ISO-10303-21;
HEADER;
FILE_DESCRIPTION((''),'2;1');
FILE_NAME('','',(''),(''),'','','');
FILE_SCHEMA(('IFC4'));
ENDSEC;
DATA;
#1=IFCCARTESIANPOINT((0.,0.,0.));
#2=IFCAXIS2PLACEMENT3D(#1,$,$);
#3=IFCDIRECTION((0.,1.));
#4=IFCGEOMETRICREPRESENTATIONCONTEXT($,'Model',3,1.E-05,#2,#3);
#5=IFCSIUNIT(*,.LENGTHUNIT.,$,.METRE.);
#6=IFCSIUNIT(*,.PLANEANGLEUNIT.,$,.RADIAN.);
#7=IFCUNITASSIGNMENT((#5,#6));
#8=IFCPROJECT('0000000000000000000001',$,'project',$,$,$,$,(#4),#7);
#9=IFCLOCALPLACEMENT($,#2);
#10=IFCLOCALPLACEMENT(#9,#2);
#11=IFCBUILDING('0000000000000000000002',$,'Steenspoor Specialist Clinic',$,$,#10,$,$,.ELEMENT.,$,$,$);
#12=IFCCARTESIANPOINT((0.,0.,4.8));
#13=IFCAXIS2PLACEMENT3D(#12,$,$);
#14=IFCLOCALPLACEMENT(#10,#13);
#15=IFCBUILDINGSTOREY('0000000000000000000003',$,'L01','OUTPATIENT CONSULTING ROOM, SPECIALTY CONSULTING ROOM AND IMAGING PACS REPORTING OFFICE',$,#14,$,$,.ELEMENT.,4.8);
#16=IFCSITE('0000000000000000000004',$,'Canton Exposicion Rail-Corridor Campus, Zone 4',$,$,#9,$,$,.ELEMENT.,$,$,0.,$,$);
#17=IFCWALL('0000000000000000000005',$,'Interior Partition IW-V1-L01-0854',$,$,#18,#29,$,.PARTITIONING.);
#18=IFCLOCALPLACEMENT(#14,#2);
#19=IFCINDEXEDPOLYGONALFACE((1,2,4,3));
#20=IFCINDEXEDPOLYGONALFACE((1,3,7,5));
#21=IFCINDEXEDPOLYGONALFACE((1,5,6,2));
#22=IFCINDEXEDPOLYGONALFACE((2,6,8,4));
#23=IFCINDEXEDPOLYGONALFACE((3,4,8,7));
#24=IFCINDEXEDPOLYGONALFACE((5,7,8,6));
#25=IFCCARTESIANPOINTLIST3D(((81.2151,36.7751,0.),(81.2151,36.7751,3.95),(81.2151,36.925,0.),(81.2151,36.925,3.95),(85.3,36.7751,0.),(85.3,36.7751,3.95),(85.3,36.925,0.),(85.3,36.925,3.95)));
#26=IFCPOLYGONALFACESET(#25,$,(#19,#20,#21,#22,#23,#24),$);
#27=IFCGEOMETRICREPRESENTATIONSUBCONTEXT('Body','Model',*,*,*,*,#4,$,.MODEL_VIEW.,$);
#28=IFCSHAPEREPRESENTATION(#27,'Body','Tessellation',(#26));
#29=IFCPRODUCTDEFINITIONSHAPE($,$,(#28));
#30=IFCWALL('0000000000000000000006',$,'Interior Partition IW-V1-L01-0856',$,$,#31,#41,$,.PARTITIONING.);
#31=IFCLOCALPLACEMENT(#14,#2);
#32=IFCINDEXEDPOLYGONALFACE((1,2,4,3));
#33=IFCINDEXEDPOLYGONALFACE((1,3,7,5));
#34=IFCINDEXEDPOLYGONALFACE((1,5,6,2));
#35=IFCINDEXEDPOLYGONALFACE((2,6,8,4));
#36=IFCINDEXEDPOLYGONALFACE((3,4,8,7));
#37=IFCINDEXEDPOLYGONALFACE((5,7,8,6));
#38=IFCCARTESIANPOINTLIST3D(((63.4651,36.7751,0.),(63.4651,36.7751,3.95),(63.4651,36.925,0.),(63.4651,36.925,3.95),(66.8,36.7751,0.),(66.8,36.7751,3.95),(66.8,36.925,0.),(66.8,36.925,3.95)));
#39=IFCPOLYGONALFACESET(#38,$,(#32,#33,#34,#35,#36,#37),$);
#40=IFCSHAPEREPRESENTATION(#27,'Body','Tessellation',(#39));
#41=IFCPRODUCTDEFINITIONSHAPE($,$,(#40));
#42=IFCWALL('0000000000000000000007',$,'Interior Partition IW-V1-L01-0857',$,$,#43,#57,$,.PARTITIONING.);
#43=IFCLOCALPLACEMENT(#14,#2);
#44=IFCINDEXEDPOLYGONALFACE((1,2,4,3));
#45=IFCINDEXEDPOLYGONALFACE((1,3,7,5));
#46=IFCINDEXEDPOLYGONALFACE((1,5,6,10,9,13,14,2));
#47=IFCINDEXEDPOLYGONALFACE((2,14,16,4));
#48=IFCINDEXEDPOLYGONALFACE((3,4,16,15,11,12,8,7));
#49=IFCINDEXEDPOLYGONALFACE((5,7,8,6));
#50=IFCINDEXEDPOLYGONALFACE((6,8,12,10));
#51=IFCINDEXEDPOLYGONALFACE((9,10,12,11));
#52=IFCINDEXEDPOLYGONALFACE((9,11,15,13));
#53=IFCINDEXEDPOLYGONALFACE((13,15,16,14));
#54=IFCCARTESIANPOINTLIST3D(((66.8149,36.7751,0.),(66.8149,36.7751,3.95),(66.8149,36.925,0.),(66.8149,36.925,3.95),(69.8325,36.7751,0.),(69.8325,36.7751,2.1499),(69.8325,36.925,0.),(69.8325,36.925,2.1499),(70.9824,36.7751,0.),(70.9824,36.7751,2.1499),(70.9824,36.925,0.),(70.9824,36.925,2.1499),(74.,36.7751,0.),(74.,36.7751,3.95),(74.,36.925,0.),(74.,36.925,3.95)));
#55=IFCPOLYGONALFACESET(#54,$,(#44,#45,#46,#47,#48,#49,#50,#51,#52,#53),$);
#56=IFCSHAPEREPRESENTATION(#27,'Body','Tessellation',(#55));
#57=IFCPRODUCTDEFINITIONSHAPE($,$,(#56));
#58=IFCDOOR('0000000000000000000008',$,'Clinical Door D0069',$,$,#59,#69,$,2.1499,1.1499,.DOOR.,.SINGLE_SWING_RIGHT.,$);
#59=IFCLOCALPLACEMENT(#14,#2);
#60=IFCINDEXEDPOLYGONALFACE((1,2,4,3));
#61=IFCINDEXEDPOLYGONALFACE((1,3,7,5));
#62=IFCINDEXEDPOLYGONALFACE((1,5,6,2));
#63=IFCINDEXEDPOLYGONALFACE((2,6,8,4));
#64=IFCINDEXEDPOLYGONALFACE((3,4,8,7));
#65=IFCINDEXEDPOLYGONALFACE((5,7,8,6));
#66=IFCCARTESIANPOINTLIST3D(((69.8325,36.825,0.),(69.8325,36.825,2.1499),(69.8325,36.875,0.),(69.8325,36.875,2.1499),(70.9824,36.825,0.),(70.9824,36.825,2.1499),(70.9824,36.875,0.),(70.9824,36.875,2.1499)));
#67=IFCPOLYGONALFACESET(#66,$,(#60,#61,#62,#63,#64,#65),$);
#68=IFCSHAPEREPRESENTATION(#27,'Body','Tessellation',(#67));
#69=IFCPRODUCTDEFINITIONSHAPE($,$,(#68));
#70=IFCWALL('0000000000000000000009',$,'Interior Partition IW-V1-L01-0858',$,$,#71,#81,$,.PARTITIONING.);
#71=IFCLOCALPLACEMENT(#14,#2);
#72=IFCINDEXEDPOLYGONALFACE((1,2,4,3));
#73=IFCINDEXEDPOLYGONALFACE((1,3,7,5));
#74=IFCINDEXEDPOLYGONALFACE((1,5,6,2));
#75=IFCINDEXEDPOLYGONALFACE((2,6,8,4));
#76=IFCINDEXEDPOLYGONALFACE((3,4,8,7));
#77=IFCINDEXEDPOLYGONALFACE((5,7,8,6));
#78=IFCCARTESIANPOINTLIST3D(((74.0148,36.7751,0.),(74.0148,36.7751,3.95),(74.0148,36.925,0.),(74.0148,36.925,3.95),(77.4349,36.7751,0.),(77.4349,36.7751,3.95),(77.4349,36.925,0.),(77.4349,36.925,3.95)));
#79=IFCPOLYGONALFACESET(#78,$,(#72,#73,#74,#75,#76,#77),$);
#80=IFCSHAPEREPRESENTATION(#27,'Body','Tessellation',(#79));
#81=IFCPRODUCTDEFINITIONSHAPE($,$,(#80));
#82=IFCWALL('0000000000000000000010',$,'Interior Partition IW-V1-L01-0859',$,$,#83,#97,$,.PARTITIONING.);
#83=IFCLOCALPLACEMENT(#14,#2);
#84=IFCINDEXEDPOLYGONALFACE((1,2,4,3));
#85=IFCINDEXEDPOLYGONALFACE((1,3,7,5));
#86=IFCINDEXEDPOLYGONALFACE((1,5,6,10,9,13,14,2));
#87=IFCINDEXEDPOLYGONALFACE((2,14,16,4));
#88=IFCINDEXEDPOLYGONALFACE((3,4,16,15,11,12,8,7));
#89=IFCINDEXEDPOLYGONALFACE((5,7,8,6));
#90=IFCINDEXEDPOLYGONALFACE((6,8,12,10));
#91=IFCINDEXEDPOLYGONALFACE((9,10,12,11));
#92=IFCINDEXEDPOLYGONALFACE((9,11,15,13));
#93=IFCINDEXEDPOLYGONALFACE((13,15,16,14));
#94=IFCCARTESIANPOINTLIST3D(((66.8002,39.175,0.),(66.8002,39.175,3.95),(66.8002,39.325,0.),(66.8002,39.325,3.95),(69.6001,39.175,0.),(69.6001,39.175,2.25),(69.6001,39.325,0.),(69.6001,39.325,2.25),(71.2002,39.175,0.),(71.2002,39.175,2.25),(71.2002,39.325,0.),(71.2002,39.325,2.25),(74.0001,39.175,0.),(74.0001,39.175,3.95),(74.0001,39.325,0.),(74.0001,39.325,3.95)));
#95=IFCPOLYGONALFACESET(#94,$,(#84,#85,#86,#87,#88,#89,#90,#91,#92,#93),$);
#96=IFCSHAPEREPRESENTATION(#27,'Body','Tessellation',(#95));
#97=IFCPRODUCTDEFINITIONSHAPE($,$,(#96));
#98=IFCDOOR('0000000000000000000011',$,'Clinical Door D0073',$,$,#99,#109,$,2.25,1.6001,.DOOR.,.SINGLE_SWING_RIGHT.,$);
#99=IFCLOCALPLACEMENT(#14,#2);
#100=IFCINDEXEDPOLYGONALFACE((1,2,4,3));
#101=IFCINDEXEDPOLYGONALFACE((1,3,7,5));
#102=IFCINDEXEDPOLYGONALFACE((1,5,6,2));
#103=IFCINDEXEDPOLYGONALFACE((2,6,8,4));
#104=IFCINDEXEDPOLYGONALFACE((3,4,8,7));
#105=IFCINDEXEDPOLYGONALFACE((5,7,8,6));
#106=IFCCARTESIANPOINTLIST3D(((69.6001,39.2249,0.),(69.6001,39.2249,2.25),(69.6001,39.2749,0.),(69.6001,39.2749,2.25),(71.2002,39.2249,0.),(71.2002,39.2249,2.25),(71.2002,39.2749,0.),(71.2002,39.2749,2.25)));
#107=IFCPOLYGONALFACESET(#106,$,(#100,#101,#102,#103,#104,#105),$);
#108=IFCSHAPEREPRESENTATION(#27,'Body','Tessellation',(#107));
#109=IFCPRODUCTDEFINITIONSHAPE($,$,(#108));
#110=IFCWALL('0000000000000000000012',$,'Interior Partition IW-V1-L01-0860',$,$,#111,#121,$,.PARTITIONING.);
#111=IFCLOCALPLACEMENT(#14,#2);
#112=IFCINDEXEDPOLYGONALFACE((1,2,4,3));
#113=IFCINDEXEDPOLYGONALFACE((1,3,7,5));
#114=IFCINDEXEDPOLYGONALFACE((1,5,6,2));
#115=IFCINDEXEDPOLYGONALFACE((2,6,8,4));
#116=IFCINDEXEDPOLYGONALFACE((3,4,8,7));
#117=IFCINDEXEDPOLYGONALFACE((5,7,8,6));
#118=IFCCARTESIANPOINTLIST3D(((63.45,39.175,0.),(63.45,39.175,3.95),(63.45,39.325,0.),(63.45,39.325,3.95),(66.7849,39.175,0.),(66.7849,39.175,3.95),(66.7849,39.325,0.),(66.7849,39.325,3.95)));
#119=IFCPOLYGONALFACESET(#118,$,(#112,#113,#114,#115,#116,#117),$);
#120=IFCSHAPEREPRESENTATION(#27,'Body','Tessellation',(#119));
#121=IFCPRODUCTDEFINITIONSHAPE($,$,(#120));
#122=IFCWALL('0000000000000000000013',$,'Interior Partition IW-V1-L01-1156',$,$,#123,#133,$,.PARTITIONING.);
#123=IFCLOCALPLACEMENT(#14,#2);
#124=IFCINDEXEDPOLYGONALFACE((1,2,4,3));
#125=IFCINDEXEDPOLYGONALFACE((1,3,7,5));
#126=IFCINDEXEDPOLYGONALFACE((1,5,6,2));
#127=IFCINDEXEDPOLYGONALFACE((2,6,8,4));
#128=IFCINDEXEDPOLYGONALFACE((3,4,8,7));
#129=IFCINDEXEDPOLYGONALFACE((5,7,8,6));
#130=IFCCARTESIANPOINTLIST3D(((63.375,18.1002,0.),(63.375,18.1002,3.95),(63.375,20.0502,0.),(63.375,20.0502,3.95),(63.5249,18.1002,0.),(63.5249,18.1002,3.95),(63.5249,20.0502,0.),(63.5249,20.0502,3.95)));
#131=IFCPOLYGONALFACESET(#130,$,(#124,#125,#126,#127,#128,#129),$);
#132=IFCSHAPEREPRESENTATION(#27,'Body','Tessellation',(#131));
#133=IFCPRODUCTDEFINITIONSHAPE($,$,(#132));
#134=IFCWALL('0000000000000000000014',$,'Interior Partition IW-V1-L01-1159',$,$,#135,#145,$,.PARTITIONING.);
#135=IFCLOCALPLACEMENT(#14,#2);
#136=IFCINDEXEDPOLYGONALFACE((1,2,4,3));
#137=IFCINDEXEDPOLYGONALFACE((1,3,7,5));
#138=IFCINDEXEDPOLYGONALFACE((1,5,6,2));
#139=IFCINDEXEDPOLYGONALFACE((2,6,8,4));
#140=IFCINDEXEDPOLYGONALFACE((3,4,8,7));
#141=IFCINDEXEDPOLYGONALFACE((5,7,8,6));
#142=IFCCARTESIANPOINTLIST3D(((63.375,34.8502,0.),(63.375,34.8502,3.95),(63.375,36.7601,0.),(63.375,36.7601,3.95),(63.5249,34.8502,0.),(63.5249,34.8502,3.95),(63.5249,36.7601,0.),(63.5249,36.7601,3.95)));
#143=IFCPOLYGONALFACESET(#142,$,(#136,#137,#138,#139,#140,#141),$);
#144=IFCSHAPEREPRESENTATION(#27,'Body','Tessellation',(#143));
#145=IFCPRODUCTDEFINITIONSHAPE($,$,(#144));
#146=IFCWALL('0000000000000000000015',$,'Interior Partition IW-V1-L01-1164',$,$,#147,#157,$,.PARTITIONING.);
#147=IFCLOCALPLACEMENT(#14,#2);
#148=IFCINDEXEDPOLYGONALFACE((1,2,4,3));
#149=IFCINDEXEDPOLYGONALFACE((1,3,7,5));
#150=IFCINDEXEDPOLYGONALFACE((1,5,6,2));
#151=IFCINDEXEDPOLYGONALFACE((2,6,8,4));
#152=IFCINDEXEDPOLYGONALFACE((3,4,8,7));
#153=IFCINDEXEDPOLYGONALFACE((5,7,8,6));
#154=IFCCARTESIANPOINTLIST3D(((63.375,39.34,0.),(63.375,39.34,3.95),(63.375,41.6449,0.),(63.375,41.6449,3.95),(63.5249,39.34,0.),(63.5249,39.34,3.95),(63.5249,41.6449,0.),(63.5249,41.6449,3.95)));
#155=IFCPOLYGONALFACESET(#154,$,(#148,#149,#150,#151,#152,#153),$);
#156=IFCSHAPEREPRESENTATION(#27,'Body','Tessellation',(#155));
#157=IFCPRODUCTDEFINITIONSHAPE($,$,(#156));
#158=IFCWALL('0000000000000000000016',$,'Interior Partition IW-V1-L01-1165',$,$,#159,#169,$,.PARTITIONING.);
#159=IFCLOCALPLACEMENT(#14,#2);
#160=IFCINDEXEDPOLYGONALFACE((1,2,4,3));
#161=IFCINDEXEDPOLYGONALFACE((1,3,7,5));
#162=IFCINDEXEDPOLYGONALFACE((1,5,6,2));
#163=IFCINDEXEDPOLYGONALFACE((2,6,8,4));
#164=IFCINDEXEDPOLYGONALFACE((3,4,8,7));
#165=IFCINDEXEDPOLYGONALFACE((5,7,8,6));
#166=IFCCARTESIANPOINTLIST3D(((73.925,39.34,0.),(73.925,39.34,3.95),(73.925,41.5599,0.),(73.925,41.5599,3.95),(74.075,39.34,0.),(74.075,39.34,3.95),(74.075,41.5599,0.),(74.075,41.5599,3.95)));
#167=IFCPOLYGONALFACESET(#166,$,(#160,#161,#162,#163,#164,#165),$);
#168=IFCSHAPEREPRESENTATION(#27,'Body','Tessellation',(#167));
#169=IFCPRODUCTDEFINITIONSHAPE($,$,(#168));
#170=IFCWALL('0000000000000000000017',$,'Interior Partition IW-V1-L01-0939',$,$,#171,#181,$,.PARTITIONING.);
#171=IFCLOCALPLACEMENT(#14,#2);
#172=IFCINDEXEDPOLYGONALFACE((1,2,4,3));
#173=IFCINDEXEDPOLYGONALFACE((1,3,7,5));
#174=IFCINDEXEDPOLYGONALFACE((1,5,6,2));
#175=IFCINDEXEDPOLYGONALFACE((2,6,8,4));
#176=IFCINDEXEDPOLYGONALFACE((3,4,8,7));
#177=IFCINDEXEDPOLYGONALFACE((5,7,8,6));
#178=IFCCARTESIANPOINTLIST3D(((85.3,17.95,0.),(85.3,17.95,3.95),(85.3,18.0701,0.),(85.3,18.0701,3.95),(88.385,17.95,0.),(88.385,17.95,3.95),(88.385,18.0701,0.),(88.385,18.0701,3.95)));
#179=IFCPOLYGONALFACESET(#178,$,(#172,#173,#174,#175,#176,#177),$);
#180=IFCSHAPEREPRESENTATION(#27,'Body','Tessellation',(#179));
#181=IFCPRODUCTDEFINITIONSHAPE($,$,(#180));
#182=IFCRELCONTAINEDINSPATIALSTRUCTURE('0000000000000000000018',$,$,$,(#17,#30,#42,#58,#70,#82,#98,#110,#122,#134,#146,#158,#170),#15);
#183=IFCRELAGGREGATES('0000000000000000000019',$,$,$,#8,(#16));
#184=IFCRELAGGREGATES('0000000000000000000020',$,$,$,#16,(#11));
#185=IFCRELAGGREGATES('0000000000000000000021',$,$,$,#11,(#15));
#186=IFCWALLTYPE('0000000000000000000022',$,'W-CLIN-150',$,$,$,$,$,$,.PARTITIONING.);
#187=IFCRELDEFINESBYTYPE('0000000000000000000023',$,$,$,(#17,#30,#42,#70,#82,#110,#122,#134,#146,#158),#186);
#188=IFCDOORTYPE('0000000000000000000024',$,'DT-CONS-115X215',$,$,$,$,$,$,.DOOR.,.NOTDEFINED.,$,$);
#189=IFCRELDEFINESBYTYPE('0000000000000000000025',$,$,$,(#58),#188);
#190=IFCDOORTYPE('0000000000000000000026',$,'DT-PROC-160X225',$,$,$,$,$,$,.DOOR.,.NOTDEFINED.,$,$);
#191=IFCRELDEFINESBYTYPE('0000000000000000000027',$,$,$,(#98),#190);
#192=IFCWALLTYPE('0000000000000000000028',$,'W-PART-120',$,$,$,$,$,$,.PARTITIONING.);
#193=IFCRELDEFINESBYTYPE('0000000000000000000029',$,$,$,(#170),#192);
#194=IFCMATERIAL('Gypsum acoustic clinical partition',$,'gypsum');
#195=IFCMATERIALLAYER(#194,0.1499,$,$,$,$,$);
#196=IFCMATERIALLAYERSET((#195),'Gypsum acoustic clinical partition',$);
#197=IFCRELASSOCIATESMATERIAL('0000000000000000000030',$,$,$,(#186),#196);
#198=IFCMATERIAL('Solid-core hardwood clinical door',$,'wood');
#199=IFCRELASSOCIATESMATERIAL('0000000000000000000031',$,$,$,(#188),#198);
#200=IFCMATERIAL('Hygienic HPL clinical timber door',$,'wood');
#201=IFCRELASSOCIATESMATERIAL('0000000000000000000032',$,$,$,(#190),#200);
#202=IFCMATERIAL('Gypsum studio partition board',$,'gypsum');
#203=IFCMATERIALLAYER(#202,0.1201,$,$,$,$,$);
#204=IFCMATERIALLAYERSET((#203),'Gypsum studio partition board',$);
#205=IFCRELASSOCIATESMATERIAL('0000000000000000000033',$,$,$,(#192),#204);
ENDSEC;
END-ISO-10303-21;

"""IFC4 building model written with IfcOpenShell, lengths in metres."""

from ifc_helpers import new_model, si_unit, direction, frame, frame_2d, origin, place, context, subcontext, project, spatial, rectangle, extrude, material, layer, layer_set, type_object, element, fill, save


model = new_model("IFC4")

# Units and contexts
model_context = context("Model", 3, precision=1e-05, world=origin(), true_north=direction((0.0, 1.0)))
body_context = subcontext(model_context, "Body", "Model", "MODEL_VIEW")
ifc_project = project(units=[si_unit("LENGTHUNIT", "METRE"), si_unit("PLANEANGLEUNIT", "RADIAN")], contexts=[model_context])

# Site, building, storey
site_placement = place(None, origin())
site = spatial("IfcSite", under=ifc_project, at=site_placement, Name="Canton Exposicion Rail-Corridor Campus, Zone 4", CompositionType="ELEMENT", RefElevation=0.0)
building_placement = place(site_placement, origin())
building = spatial("IfcBuilding", under=site, at=building_placement, Name="Steenspoor Specialist Clinic", CompositionType="ELEMENT")
storey_placement = place(building_placement, frame((0.0, 0.0, 4.8)))
storey = spatial("IfcBuildingStorey", under=building, at=storey_placement, Name="L01", Description="OUTPATIENT CONSULTING ROOM, SPECIALTY CONSULTING ROOM AND IMAGING PACS REPORTING OFFICE", CompositionType="ELEMENT", Elevation=4.8)

# Walls
ifc_material_1 = material(Name="Gypsum acoustic clinical partition", Category="gypsum")
ifc_layer_1 = layer(ifc_material_1, 0.1499)
ifc_layer_set_1 = layer_set([ifc_layer_1], Name="Gypsum acoustic clinical partition")
wall_type_1 = type_object("IfcWallType", Name="W-CLIN-150", PredefinedType="PARTITIONING", material=ifc_layer_set_1)
wall_1_placement = place(storey_placement, frame((81.2151, 36.8501, 0.0), z_axis=(0.0, 0.0, 1.0), x_axis=(1.0, 0.0, 0.0)))
element("IfcWall", 1, at=wall_1_placement, inside=storey, type_object=wall_type_1, Name="Interior Partition IW-V1-L01-0854", PredefinedType="PARTITIONING", context=body_context, shape_type="SweptSolid", body=[
    extrude(rectangle(XDim=4.085, YDim=0.1499, at=frame_2d((2.0425, 0.0))), origin(), (0.0, 0.0, 1.0), 3.95),
])
wall_2_placement = place(storey_placement, frame((63.4651, 36.8501, 0.0), z_axis=(0.0, 0.0, 1.0), x_axis=(1.0, 0.0, 0.0)))
element("IfcWall", 2, at=wall_2_placement, inside=storey, type_object=wall_type_1, Name="Interior Partition IW-V1-L01-0856", PredefinedType="PARTITIONING", context=body_context, shape_type="SweptSolid", body=[
    extrude(rectangle(XDim=3.335, YDim=0.1499, at=frame_2d((1.6675, 0.0))), origin(), (0.0, 0.0, 1.0), 3.95),
])

# Wall, opening, door
wall_3_placement = place(storey_placement, frame((66.8149, 36.8501, 0.0), z_axis=(0.0, 0.0, 1.0), x_axis=(1.0, 0.0, 0.0)))
wall_3 = element("IfcWall", 3, at=wall_3_placement, inside=storey, type_object=wall_type_1, Name="Interior Partition IW-V1-L01-0857", PredefinedType="PARTITIONING", context=body_context, shape_type="SweptSolid", body=[
    extrude(rectangle(XDim=7.1851, YDim=0.1499, at=frame_2d((3.5925, 0.0))), origin(), (0.0, 0.0, 1.0), 3.95),
])
opening_1_placement = place(wall_3_placement, frame((3.0176, 0.0, 0.0)))
opening_1 = element("IfcOpeningElement", 4, at=opening_1_placement, cuts=wall_3, PredefinedType="OPENING", context=body_context, shape_type="SweptSolid", body=[
    extrude(rectangle(XDim=1.1499, YDim=2.1499, at=frame_2d((0.575, 1.075))), frame((0.0, 0.085, 0.0), z_axis=(0.0, -1.0, 0.0), x_axis=(1.0, 0.0, 0.0)), (0.0, 0.0, 1.0), 0.1699),
])
ifc_material_2 = material(Name="Solid-core hardwood clinical door", Category="wood")
door_type_1 = type_object("IfcDoorType", Name="DT-CONS-115X215", OperationType="NOTDEFINED", PredefinedType="DOOR", material=ifc_material_2)
door_1_placement = place(opening_1_placement, origin())
door_1 = element("IfcDoor", 5, at=door_1_placement, inside=storey, type_object=door_type_1, Name="Clinical Door D0069", OperationType="SINGLE_SWING_RIGHT", OverallHeight=2.1499, OverallWidth=1.1499, PredefinedType="DOOR", context=body_context, shape_type="SweptSolid", body=[
    extrude(rectangle(XDim=1.1499, YDim=2.1499, at=frame_2d((0.575, 1.075))), frame((0.0, 0.0249, 0.0), z_axis=(0.0, -1.0, 0.0), x_axis=(1.0, 0.0, 0.0)), (0.0, 0.0, 1.0), 0.05),
])
fill(opening_1, door_1)

# Wall
wall_4_placement = place(storey_placement, frame((74.0149, 36.8501, 0.0), z_axis=(0.0, 0.0, 1.0), x_axis=(1.0, 0.0, 0.0)))
element("IfcWall", 6, at=wall_4_placement, inside=storey, type_object=wall_type_1, Name="Interior Partition IW-V1-L01-0858", PredefinedType="PARTITIONING", context=body_context, shape_type="SweptSolid", body=[
    extrude(rectangle(XDim=3.4202, YDim=0.1499, at=frame_2d((1.71, 0.0))), origin(), (0.0, 0.0, 1.0), 3.95),
])

# Wall, opening, door
wall_5_placement = place(storey_placement, frame((66.8, 39.25, 0.0), z_axis=(0.0, 0.0, 1.0), x_axis=(1.0, 0.0, 0.0)))
wall_5 = element("IfcWall", 7, at=wall_5_placement, inside=storey, type_object=wall_type_1, Name="Interior Partition IW-V1-L01-0859", PredefinedType="PARTITIONING", context=body_context, shape_type="SweptSolid", body=[
    extrude(rectangle(XDim=7.2, YDim=0.1499, at=frame_2d((3.6001, 0.0))), origin(), (0.0, 0.0, 1.0), 3.95),
])
opening_2_placement = place(wall_5_placement, frame((2.8, 0.0, 0.0)))
opening_2 = element("IfcOpeningElement", 8, at=opening_2_placement, cuts=wall_5, PredefinedType="OPENING", context=body_context, shape_type="SweptSolid", body=[
    extrude(rectangle(XDim=1.6001, YDim=2.25, at=frame_2d((0.8, 1.125))), frame((0.0, 0.085, 0.0), z_axis=(0.0, -1.0, 0.0), x_axis=(1.0, 0.0, 0.0)), (0.0, 0.0, 1.0), 0.1699),
])
ifc_material_3 = material(Name="Hygienic HPL clinical timber door", Category="wood")
door_type_2 = type_object("IfcDoorType", Name="DT-PROC-160X225", OperationType="NOTDEFINED", PredefinedType="DOOR", material=ifc_material_3)
door_2_placement = place(opening_2_placement, origin())
door_2 = element("IfcDoor", 9, at=door_2_placement, inside=storey, type_object=door_type_2, Name="Clinical Door D0073", OperationType="SINGLE_SWING_RIGHT", OverallHeight=2.25, OverallWidth=1.6001, PredefinedType="DOOR", context=body_context, shape_type="SweptSolid", body=[
    extrude(rectangle(XDim=1.6001, YDim=2.25, at=frame_2d((0.8, 1.125))), frame((0.0, 0.0249, 0.0), z_axis=(0.0, -1.0, 0.0), x_axis=(1.0, 0.0, 0.0)), (0.0, 0.0, 1.0), 0.05),
])
fill(opening_2, door_2)

# Walls
wall_6_placement = place(storey_placement, frame((63.45, 39.25, 0.0), z_axis=(0.0, 0.0, 1.0), x_axis=(1.0, 0.0, 0.0)))
element("IfcWall", 10, at=wall_6_placement, inside=storey, type_object=wall_type_1, Name="Interior Partition IW-V1-L01-0860", PredefinedType="PARTITIONING", context=body_context, shape_type="SweptSolid", body=[
    extrude(rectangle(XDim=3.335, YDim=0.1499, at=frame_2d((1.6675, 0.0))), origin(), (0.0, 0.0, 1.0), 3.95),
])
wall_7_placement = place(storey_placement, frame((63.45, 18.1001, 0.0), z_axis=(0.0, 0.0, 1.0), x_axis=(0.0, 1.0, 0.0)))
element("IfcWall", 11, at=wall_7_placement, inside=storey, type_object=wall_type_1, Name="Interior Partition IW-V1-L01-1156", PredefinedType="PARTITIONING", context=body_context, shape_type="SweptSolid", body=[
    extrude(rectangle(XDim=1.95, YDim=0.1499, at=frame_2d((0.9751, 0.0))), origin(), (0.0, 0.0, 1.0), 3.95),
])
wall_8_placement = place(storey_placement, frame((63.45, 34.8501, 0.0), z_axis=(0.0, 0.0, 1.0), x_axis=(0.0, 1.0, 0.0)))
element("IfcWall", 12, at=wall_8_placement, inside=storey, type_object=wall_type_1, Name="Interior Partition IW-V1-L01-1159", PredefinedType="PARTITIONING", context=body_context, shape_type="SweptSolid", body=[
    extrude(rectangle(XDim=1.9099, YDim=0.1499, at=frame_2d((0.9551, 0.0))), origin(), (0.0, 0.0, 1.0), 3.95),
])
wall_9_placement = place(storey_placement, frame((63.45, 39.3401, 0.0), z_axis=(0.0, 0.0, 1.0), x_axis=(0.0, 1.0, 0.0)))
element("IfcWall", 13, at=wall_9_placement, inside=storey, type_object=wall_type_1, Name="Interior Partition IW-V1-L01-1164", PredefinedType="PARTITIONING", context=body_context, shape_type="SweptSolid", body=[
    extrude(rectangle(XDim=2.3049, YDim=0.1499, at=frame_2d((1.1523, 0.0))), origin(), (0.0, 0.0, 1.0), 3.95),
])
wall_10_placement = place(storey_placement, frame((74.0, 39.3401, 0.0), z_axis=(0.0, 0.0, 1.0), x_axis=(0.0, 1.0, 0.0)))
element("IfcWall", 14, at=wall_10_placement, inside=storey, type_object=wall_type_1, Name="Interior Partition IW-V1-L01-1165", PredefinedType="PARTITIONING", context=body_context, shape_type="SweptSolid", body=[
    extrude(rectangle(XDim=2.22, YDim=0.1499, at=frame_2d((1.1099, 0.0))), origin(), (0.0, 0.0, 1.0), 3.95),
])
ifc_material_4 = material(Name="Gypsum studio partition board", Category="gypsum")
ifc_layer_2 = layer(ifc_material_4, 0.1201)
ifc_layer_set_2 = layer_set([ifc_layer_2], Name="Gypsum studio partition board")
wall_type_2 = type_object("IfcWallType", Name="W-PART-120", PredefinedType="PARTITIONING", material=ifc_layer_set_2)
wall_11_placement = place(storey_placement, frame((85.3, 18.01, 0.0), z_axis=(0.0, 0.0, 1.0), x_axis=(1.0, 0.0, 0.0)))
element("IfcWall", 15, at=wall_11_placement, inside=storey, type_object=wall_type_2, Name="Interior Partition IW-V1-L01-0939", PredefinedType="PARTITIONING", context=body_context, shape_type="SweptSolid", body=[
    extrude(rectangle(XDim=3.085, YDim=0.1201, at=frame_2d((1.5425, 0.0))), origin(), (0.0, 0.0, 1.0), 3.95),
])

save(model, "model.ifc")
